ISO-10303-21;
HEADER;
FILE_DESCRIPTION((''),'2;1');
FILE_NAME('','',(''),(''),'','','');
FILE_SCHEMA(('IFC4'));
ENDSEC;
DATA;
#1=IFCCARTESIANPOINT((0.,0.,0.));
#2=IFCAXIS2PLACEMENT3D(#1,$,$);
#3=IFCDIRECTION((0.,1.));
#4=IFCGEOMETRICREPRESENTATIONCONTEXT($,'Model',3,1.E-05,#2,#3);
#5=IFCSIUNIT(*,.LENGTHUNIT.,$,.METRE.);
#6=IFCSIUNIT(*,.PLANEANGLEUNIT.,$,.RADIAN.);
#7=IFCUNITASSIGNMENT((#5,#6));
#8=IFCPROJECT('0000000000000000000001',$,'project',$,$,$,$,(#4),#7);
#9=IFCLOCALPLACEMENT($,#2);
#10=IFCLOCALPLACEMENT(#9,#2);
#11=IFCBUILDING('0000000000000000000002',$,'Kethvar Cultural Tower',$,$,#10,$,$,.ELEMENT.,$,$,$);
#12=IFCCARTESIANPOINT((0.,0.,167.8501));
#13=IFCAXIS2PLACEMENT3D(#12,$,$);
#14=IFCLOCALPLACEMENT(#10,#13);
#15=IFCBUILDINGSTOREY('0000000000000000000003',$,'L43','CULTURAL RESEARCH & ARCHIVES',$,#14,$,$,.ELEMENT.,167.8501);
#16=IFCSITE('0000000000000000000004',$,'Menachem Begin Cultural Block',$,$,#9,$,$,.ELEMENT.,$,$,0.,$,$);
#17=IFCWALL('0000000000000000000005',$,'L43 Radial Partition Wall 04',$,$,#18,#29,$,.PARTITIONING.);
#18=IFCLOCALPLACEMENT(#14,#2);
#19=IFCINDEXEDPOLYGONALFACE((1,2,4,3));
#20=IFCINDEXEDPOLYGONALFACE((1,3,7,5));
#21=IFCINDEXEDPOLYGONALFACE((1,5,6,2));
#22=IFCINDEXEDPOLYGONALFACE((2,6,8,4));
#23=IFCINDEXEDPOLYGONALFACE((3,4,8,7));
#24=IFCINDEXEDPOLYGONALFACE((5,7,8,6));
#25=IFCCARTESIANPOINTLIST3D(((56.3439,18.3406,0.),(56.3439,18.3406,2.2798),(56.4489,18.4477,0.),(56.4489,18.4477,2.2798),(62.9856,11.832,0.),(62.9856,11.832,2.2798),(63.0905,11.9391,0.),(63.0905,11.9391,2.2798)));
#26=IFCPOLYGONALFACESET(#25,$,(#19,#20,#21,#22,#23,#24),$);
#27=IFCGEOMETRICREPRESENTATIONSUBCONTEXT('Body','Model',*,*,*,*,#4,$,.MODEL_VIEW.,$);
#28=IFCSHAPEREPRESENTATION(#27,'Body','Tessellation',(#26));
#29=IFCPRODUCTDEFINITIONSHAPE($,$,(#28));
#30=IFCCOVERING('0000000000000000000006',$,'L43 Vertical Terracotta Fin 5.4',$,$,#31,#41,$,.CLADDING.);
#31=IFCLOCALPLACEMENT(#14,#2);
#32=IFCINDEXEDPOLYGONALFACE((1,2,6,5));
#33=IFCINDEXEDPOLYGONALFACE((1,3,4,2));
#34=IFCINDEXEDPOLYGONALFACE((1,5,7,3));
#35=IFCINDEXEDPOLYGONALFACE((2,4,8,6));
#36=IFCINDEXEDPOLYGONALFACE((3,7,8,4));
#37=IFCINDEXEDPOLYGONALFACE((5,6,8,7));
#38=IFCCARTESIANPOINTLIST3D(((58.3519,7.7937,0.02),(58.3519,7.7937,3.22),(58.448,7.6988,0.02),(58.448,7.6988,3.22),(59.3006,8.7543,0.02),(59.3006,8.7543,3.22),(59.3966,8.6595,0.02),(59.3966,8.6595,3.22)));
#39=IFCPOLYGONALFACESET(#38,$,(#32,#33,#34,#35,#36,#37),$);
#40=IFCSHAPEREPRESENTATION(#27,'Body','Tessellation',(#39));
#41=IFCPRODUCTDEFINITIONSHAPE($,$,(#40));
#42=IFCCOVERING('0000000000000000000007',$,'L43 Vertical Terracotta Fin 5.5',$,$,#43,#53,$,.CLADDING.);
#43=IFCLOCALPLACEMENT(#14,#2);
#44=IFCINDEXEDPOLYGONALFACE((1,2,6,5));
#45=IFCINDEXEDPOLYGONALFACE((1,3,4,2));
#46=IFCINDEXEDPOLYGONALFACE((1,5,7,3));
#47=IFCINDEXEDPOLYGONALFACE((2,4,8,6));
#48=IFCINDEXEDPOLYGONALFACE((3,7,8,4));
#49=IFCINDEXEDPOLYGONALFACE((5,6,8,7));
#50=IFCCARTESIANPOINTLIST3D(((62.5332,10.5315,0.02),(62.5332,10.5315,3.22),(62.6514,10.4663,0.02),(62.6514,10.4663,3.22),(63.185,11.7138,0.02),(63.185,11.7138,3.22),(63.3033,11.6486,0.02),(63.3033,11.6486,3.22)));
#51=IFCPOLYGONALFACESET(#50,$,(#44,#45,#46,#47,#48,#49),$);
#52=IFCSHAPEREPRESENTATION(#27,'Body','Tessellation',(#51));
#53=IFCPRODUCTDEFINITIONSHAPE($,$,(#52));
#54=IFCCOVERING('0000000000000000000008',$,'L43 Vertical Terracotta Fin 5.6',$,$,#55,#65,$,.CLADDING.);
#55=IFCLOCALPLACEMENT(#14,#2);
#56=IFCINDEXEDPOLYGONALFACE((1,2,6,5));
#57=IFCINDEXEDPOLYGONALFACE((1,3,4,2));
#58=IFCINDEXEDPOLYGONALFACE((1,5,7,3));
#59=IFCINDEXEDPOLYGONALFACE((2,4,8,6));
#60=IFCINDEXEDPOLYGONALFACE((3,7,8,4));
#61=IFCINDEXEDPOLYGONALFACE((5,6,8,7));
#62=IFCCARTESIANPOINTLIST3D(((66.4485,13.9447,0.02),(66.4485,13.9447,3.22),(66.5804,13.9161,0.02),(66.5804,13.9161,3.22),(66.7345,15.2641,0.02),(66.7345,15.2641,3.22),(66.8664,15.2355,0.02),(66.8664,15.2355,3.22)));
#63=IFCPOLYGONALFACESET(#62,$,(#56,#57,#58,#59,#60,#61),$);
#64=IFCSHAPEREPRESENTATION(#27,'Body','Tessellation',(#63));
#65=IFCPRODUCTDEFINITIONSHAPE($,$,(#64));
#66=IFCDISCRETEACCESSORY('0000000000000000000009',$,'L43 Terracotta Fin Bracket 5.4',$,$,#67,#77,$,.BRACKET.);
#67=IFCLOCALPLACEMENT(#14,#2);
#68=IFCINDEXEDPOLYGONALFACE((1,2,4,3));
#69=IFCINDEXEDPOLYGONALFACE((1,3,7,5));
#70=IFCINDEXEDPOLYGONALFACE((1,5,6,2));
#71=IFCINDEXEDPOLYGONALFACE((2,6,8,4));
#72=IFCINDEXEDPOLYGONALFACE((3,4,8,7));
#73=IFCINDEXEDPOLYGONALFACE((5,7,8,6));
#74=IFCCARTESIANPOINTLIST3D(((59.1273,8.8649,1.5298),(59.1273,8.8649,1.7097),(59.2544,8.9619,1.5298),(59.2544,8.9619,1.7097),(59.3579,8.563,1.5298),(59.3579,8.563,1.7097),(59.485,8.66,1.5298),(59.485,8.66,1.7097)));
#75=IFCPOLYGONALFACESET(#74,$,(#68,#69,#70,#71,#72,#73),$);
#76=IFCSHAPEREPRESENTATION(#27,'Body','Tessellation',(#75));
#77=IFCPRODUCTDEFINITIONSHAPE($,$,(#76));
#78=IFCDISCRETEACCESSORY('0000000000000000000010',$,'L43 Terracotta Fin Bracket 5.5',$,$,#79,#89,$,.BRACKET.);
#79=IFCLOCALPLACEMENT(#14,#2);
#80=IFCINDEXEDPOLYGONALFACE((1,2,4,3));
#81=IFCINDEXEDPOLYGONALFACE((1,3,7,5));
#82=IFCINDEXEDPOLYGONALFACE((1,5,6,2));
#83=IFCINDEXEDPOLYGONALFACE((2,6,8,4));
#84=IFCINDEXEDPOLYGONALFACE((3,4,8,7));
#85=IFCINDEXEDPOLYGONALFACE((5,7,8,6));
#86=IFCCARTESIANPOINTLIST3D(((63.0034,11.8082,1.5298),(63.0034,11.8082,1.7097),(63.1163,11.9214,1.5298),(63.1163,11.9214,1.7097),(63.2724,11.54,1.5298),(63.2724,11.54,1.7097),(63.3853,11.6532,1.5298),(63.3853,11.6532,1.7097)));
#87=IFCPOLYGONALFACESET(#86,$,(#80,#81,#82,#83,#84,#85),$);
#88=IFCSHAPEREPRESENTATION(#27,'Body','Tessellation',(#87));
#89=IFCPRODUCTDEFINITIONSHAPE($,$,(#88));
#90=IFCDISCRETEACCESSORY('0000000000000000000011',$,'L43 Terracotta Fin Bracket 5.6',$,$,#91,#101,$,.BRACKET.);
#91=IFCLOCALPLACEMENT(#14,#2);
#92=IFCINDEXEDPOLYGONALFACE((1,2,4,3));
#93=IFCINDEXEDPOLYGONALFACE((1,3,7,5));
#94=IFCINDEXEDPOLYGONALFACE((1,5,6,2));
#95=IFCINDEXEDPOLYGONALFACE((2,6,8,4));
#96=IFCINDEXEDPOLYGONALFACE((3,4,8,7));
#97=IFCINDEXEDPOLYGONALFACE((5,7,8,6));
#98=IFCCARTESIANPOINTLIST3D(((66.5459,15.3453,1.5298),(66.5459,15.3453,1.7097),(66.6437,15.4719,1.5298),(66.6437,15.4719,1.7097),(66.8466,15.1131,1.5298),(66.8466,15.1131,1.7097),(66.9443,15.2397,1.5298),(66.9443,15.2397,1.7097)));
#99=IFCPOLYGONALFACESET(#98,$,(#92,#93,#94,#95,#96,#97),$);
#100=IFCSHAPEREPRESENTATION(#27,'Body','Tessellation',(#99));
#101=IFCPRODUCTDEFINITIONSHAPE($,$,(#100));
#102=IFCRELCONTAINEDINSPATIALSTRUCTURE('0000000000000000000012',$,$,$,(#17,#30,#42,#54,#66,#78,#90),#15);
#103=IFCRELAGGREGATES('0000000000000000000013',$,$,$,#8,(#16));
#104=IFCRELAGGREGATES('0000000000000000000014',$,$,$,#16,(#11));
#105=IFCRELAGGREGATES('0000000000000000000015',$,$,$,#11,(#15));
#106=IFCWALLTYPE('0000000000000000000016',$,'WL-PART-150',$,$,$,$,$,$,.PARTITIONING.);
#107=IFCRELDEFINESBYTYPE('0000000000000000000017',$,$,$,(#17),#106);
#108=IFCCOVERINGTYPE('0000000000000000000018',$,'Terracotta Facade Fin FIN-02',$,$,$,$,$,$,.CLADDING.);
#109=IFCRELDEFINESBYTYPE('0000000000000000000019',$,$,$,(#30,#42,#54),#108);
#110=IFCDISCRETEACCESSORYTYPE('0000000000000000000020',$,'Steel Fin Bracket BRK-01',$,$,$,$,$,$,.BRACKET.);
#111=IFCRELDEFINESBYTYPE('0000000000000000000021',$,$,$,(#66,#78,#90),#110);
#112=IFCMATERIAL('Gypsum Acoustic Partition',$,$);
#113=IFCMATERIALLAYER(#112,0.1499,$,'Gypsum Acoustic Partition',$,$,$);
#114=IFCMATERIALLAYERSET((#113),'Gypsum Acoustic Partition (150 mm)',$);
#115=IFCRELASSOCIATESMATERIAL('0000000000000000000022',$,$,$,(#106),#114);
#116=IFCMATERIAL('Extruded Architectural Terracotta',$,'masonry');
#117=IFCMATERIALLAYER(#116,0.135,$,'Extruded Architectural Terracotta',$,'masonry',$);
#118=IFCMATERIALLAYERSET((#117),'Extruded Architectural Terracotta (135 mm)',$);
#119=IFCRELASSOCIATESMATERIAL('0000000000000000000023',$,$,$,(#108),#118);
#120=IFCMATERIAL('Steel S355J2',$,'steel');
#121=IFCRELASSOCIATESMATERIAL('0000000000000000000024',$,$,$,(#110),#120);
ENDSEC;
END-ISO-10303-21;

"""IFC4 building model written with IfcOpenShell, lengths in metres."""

from ifc_helpers import new_model, si_unit, direction, frame, frame_2d, origin, origin_2d, place, context, subcontext, project, spatial, rectangle, extrude, source, transform, mapped, material, layer, layer_set, type_object, element, save


model = new_model("IFC4")

# Units and contexts
model_context = context("Model", 3, precision=1e-05, world=origin(), true_north=direction((0.0, 1.0)))
body_context = subcontext(model_context, "Body", "Model", "MODEL_VIEW")
ifc_project = project(units=[si_unit("LENGTHUNIT", "METRE"), si_unit("PLANEANGLEUNIT", "RADIAN")], contexts=[model_context])

# Site, building, storey
site_placement = place(None, origin())
site = spatial("IfcSite", under=ifc_project, at=site_placement, Name="Menachem Begin Cultural Block", CompositionType="ELEMENT", RefElevation=0.0)
building_placement = place(site_placement, origin())
building = spatial("IfcBuilding", under=site, at=building_placement, Name="Kethvar Cultural Tower", CompositionType="ELEMENT")
storey_placement = place(building_placement, frame((0.0, 0.0, 167.8501)))
storey = spatial("IfcBuildingStorey", under=building, at=storey_placement, Name="L43", Description="CULTURAL RESEARCH & ARCHIVES", CompositionType="ELEMENT", Elevation=167.8501)

# Shared definitions
ifc_material_1 = material(Name="Steel S355J2", Category="steel")

# Wall
ifc_material_2 = material(Name="Gypsum Acoustic Partition")
ifc_layer_1 = layer(ifc_material_2, 0.1499, Name="Gypsum Acoustic Partition")
ifc_layer_set_1 = layer_set([ifc_layer_1], Name="Gypsum Acoustic Partition (150 mm)")
wall_type_1 = type_object("IfcWallType", Name="WL-PART-150", PredefinedType="PARTITIONING", material=ifc_layer_set_1)
wall_1_placement = place(storey_placement, frame((56.3965, 18.394, 0.0), z_axis=(0.0, 0.0, 1.0), x_axis=(0.714225, -0.699916, 0.0)))
element("IfcWall", 1, at=wall_1_placement, inside=storey, type_object=wall_type_1, Name="L43 Radial Partition Wall 04", PredefinedType="PARTITIONING", context=body_context, shape_type="SweptSolid", body=[
    extrude(rectangle(XDim=9.2991, YDim=0.1499, at=frame_2d((4.6494, 0.0))), origin(), (0.0, 0.0, 1.0), 2.2798),
])

# Coverings
ifc_material_3 = material(Name="Extruded Architectural Terracotta", Category="masonry")
ifc_layer_2 = layer(ifc_material_3, 0.135, Name="Extruded Architectural Terracotta", Category="masonry")
ifc_layer_set_2 = layer_set([ifc_layer_2], Name="Extruded Architectural Terracotta (135 mm)")
covering_type = type_object("IfcCoveringType", Name="Terracotta Facade Fin FIN-02", PredefinedType="CLADDING", material=ifc_layer_set_2)
shared_shape_1 = source(origin(), body_context, "Body", "SweptSolid", [
    extrude(rectangle(XDim=1.3501, YDim=0.135, at=origin_2d()), origin(), (0.0, 0.0, 1.0), 3.2),
])
for number, where, z_axis, x_axis, name in (
    (2, (58.8743, 8.2266, 0.02), (0.0, 0.0, 1.0), (-0.70265, -0.711536, 0.0), "L43 Vertical Terracotta Fin 5.4"),
    (3, (62.9182, 11.0901, 0.02), (0.0, 0.0, 1.0), (-0.482824, -0.875717, 0.0), "L43 Vertical Terracotta Fin 5.5"),
    (4, (66.6575, 14.5901, 0.02), (0.0, 0.0, 1.0), (-0.211837, -0.977305, 0.0), "L43 Vertical Terracotta Fin 5.6"),
):
    element("IfcCovering", number, at=place(storey_placement, frame(where, z_axis=z_axis, x_axis=x_axis)), inside=storey, type_object=covering_type, Name=name, PredefinedType="CLADDING", context=body_context, shape_type="MappedRepresentation", body=[
        mapped(shared_shape_1, transform((0.0, 0.0, 0.0), scale=1.0)),
    ])

# Discrete accessories
discrete_accessory_type = type_object("IfcDiscreteAccessoryType", Name="Steel Fin Bracket BRK-01", PredefinedType="BRACKET", material=ifc_material_1)
shared_shape_2 = source(origin(), body_context, "Body", "SweptSolid", [
    extrude(rectangle(XDim=0.3799, YDim=0.1599, at=origin_2d()), origin(), (0.0, 0.0, 1.0), 0.1799),
])
for number, where, z_axis, x_axis, name in (
    (5, (59.3062, 8.7625, 1.5298), (0.0, 0.0, 1.0), (0.606821, -0.794838, 0.0), "L43 Terracotta Fin Bracket 5.4"),
    (6, (63.1943, 11.7307, 1.5298), (0.0, 0.0, 1.0), (0.708217, -0.705995, 0.0), "L43 Terracotta Fin Bracket 5.5"),
    (7, (66.7451, 15.2925, 1.5298), (0.0, 0.0, 1.0), (0.791437, -0.611251, 0.0), "L43 Terracotta Fin Bracket 5.6"),
):
    element("IfcDiscreteAccessory", number, at=place(storey_placement, frame(where, z_axis=z_axis, x_axis=x_axis)), inside=storey, type_object=discrete_accessory_type, Name=name, PredefinedType="BRACKET", context=body_context, shape_type="MappedRepresentation", body=[
        mapped(shared_shape_2, transform((0.0, 0.0, 0.0), scale=1.0)),
    ])

save(model, "model.ifc")
